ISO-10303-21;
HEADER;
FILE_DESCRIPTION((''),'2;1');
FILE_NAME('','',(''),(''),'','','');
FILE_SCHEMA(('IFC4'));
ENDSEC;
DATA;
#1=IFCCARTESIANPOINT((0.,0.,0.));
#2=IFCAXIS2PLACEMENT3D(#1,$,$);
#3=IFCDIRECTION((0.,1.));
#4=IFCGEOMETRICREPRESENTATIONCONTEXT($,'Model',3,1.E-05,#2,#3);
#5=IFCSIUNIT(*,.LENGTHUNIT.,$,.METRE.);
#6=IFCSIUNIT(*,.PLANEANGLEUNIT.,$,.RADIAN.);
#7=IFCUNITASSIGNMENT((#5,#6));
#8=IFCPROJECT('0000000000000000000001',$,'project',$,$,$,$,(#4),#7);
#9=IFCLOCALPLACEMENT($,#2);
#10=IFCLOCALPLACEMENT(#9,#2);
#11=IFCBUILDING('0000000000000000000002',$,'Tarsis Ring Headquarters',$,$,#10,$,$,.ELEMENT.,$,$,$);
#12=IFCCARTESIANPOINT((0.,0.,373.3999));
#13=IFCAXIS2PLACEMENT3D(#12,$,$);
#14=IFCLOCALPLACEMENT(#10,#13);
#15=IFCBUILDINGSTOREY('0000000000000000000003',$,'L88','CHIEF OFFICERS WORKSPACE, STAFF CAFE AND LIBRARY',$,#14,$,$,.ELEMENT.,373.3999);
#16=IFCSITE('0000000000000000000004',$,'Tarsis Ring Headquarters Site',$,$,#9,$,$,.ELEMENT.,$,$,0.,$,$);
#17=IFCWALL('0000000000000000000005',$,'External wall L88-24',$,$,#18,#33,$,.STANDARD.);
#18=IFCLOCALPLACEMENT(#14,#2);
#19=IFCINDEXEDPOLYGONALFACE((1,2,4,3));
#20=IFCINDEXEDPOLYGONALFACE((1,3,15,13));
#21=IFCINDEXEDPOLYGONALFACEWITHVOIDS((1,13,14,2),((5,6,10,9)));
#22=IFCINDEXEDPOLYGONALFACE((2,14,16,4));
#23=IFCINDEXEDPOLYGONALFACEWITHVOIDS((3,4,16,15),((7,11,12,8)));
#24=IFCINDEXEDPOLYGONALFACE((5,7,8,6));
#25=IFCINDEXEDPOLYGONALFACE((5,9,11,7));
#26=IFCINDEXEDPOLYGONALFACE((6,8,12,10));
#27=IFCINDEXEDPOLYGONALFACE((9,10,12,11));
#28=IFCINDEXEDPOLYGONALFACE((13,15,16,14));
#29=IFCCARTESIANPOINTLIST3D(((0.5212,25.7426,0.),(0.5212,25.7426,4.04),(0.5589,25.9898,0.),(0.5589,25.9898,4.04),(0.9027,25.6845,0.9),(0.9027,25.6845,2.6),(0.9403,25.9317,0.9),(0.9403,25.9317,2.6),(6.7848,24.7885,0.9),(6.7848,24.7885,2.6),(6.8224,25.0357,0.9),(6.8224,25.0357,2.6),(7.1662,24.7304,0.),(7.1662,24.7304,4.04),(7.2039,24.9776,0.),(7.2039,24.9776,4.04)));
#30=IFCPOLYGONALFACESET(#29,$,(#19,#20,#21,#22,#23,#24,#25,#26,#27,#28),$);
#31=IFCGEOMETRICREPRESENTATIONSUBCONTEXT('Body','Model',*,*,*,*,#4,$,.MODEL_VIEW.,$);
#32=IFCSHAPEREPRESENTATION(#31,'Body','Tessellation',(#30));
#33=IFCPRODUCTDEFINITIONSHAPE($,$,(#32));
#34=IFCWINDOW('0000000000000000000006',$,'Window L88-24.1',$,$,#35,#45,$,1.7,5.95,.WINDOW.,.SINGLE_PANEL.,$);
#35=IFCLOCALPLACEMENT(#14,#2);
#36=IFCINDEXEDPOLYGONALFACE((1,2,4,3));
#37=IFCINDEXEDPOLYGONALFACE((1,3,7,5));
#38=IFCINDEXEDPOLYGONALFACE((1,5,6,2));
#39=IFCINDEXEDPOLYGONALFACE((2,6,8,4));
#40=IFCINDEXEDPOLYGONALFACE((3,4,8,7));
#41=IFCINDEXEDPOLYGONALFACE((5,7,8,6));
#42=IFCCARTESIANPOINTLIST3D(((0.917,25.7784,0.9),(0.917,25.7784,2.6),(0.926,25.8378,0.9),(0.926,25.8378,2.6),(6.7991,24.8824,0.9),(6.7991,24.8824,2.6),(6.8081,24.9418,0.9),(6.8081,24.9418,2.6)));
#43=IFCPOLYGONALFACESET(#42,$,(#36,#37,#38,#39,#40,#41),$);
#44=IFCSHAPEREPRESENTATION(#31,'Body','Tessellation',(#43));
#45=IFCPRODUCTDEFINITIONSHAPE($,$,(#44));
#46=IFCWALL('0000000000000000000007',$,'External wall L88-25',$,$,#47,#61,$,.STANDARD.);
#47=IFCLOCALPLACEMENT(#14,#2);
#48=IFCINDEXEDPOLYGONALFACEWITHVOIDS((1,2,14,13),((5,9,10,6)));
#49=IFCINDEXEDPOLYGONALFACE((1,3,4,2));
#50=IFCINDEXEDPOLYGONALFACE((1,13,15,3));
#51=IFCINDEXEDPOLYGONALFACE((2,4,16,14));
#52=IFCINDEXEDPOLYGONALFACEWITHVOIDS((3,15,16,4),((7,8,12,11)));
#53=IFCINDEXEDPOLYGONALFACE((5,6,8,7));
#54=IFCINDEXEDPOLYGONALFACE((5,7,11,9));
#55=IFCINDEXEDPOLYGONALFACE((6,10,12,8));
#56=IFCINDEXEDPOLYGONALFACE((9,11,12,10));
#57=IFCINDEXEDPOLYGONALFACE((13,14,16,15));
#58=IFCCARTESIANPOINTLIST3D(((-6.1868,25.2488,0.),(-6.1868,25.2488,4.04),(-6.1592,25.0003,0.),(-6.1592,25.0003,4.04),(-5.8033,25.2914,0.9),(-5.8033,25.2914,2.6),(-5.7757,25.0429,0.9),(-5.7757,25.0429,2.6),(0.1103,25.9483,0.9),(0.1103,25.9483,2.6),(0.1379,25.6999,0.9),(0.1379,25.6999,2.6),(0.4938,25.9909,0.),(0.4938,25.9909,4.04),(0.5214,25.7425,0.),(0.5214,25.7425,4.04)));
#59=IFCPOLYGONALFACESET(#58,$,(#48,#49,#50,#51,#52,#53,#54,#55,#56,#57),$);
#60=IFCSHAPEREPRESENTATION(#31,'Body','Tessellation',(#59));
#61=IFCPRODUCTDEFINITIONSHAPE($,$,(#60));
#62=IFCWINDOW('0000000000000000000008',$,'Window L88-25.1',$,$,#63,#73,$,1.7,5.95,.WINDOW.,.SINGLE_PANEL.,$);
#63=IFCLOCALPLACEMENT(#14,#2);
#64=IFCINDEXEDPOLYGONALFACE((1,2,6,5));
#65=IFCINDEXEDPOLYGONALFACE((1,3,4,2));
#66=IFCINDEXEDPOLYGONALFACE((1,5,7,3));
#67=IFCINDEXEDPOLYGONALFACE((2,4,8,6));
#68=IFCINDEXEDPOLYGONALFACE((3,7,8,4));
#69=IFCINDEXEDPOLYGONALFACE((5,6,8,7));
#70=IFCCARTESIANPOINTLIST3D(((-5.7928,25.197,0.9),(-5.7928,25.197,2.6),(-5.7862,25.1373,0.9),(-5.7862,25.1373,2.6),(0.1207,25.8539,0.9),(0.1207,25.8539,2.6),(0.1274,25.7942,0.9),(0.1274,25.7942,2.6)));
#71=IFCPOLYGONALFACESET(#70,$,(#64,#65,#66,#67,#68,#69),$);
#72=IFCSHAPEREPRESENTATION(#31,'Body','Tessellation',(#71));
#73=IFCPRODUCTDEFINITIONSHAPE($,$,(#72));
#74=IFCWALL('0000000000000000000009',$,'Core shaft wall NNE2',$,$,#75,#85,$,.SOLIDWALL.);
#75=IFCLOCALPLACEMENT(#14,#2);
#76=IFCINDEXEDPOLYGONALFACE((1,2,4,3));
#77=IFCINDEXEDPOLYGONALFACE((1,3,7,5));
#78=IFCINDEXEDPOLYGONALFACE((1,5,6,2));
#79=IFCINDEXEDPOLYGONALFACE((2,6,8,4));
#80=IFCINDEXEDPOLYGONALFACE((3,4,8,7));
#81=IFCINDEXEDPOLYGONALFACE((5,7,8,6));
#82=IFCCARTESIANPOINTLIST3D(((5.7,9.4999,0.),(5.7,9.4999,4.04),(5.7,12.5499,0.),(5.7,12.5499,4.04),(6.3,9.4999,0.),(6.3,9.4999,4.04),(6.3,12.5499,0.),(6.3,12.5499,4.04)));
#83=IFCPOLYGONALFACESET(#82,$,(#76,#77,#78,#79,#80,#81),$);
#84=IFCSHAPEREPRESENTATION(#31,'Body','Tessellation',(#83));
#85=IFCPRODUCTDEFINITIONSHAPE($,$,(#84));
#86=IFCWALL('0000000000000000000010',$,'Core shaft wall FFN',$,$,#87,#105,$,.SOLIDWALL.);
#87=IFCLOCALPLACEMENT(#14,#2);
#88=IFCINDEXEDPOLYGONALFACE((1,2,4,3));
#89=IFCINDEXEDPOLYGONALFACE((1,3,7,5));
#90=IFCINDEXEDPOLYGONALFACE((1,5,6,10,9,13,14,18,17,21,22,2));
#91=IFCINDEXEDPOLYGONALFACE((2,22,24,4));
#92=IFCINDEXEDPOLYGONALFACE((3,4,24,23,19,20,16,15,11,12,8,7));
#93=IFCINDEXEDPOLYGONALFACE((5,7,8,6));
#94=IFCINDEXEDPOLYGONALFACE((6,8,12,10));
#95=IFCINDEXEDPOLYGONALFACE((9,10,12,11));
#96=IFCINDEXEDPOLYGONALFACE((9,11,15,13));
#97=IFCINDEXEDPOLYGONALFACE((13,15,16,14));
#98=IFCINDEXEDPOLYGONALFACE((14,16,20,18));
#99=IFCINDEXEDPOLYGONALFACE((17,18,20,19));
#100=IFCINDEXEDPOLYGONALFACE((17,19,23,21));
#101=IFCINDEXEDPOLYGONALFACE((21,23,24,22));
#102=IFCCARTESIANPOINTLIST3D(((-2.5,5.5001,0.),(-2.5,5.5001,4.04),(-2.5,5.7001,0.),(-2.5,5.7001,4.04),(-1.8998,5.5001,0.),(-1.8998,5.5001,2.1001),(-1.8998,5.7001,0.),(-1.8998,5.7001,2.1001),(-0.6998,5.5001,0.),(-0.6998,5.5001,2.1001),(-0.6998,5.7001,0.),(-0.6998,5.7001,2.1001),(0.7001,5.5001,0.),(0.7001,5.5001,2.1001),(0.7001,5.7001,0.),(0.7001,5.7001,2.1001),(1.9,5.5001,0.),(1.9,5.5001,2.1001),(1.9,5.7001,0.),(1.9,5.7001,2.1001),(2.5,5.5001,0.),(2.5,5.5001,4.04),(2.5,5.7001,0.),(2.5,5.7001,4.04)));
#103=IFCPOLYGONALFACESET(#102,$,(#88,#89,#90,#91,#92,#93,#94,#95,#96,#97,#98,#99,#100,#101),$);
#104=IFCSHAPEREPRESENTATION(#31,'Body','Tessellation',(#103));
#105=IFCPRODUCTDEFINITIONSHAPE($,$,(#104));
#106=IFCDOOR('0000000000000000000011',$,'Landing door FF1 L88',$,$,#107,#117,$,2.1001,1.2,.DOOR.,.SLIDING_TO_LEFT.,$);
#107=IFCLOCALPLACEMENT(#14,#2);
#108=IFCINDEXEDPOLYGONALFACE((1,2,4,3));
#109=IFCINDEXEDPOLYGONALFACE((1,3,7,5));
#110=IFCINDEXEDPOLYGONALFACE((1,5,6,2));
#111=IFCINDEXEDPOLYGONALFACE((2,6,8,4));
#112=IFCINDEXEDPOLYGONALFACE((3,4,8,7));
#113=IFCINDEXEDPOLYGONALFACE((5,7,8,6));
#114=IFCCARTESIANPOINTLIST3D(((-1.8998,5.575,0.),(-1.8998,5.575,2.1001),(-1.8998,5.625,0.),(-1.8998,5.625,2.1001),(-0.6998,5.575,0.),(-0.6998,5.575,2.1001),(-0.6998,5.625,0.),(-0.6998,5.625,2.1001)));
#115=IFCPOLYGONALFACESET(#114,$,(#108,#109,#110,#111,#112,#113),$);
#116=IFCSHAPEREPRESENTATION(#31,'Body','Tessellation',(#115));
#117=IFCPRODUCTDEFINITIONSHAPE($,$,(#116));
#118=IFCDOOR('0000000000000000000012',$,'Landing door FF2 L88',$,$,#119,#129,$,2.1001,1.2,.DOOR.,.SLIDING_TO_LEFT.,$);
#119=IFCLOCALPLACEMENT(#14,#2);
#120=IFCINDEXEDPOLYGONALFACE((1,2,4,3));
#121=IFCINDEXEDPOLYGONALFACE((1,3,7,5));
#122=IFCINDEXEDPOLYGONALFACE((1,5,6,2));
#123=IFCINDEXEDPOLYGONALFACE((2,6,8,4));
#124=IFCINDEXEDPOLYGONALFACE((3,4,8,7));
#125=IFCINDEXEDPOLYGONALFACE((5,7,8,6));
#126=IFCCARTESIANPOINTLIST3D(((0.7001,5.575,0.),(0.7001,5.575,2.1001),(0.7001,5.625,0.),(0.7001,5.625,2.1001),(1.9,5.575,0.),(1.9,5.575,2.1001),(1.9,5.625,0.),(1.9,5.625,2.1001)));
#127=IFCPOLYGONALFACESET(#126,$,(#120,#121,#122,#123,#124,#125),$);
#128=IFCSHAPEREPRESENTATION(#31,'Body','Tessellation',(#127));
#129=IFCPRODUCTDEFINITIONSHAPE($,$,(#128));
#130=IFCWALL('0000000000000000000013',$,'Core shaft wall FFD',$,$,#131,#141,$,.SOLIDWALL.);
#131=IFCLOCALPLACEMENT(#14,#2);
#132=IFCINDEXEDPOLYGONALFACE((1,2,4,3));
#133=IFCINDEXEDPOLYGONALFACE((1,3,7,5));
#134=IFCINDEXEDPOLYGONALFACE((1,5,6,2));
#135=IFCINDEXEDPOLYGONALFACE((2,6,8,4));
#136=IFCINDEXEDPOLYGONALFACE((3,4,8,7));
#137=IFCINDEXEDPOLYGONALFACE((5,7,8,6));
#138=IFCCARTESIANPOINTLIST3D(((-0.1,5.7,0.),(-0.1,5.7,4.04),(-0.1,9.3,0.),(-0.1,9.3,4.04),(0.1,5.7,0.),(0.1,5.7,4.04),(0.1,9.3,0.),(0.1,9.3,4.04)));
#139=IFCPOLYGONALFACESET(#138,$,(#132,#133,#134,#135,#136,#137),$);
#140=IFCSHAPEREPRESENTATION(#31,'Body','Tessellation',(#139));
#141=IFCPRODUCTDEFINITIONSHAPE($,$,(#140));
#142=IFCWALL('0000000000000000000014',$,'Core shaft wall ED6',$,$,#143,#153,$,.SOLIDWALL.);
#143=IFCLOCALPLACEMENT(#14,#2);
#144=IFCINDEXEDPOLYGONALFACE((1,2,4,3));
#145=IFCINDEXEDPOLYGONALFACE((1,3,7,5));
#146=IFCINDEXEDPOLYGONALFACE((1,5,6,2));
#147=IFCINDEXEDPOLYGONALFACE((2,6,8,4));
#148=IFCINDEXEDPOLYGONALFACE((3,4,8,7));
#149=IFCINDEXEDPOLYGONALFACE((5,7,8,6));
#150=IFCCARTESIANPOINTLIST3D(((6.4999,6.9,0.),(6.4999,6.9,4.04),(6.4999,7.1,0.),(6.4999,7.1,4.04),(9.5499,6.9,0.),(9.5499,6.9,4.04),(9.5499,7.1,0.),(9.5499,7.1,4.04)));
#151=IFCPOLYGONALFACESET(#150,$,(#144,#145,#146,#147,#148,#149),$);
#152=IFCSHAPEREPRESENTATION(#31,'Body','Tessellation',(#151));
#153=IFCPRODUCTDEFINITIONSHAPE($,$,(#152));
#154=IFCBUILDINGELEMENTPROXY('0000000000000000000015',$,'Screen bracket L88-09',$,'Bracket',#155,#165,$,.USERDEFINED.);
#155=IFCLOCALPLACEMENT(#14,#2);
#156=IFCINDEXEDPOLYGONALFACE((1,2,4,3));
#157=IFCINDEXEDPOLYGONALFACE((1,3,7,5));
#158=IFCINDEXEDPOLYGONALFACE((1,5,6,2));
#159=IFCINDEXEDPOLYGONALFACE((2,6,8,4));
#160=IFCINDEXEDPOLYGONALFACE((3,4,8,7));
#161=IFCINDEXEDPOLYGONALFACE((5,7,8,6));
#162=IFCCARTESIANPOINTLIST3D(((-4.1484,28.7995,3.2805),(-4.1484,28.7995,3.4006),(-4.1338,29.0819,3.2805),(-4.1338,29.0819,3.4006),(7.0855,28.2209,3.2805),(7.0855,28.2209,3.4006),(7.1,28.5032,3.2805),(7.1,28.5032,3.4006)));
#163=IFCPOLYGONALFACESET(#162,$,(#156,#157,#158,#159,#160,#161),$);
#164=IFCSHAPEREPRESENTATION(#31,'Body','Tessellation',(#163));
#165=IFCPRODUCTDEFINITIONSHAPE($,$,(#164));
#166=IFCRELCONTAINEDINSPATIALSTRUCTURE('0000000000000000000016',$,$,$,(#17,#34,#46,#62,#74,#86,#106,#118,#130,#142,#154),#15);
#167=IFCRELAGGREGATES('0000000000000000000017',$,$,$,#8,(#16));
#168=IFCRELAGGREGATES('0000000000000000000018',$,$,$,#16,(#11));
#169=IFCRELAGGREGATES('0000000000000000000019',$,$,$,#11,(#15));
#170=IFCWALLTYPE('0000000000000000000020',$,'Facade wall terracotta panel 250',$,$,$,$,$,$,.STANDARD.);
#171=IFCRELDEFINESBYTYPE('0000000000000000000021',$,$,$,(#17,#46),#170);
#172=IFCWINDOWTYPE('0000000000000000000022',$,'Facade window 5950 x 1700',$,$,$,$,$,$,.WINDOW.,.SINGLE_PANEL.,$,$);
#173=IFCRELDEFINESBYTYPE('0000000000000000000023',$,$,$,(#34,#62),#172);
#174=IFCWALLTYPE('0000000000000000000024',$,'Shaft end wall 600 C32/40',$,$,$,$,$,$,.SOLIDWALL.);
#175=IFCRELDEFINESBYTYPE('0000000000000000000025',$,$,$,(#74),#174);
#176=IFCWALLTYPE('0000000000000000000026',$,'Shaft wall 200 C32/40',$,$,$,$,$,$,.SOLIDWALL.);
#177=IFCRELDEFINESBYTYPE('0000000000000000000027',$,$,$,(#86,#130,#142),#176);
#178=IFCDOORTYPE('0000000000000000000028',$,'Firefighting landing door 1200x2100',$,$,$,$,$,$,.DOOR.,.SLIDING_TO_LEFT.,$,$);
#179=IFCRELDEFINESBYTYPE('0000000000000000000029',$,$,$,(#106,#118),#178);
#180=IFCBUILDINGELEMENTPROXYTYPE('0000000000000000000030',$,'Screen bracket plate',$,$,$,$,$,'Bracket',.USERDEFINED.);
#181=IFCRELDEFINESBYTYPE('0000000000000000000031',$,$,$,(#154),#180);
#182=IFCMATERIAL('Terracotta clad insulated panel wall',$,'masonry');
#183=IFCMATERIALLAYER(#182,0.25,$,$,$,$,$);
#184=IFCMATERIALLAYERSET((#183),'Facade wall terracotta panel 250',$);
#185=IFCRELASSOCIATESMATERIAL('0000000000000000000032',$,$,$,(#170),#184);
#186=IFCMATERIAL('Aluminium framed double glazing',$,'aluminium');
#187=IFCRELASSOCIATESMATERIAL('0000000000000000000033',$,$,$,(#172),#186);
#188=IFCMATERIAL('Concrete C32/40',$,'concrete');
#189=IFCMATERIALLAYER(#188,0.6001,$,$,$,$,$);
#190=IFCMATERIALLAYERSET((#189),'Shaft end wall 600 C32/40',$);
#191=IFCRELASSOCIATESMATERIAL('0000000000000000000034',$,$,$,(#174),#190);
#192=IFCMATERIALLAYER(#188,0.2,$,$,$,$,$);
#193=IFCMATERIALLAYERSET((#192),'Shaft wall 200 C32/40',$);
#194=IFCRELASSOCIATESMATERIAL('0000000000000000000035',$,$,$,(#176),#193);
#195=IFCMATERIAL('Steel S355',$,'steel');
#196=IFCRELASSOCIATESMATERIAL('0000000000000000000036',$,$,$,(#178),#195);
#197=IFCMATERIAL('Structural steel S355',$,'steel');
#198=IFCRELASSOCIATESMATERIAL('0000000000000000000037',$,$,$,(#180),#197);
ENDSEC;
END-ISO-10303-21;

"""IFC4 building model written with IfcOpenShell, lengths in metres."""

from ifc_helpers import new_model, si_unit, direction, frame, frame_2d, origin, origin_2d, place, context, subcontext, project, spatial, rectangle, extrude, material, layer, layer_set, type_object, element, fill, save


model = new_model("IFC4")

# Units and contexts
model_context = context("Model", 3, precision=1e-05, world=origin(), true_north=direction((0.0, 1.0)))
body_context = subcontext(model_context, "Body", "Model", "MODEL_VIEW")
ifc_project = project(units=[si_unit("LENGTHUNIT", "METRE"), si_unit("PLANEANGLEUNIT", "RADIAN")], contexts=[model_context])

# Site, building, storey
site_placement = place(None, origin())
site = spatial("IfcSite", under=ifc_project, at=site_placement, Name="Tarsis Ring Headquarters Site", CompositionType="ELEMENT", RefElevation=0.0)
building_placement = place(site_placement, origin())
building = spatial("IfcBuilding", under=site, at=building_placement, Name="Tarsis Ring Headquarters", CompositionType="ELEMENT")
storey_placement = place(building_placement, frame((0.0, 0.0, 373.3999)))
storey = spatial("IfcBuildingStorey", under=building, at=storey_placement, Name="L88", Description="CHIEF OFFICERS WORKSPACE, STAFF CAFE AND LIBRARY", CompositionType="ELEMENT", Elevation=373.3999)

# Shared definitions
ifc_material_1 = material(Name="Structural steel S355", Category="steel")

# Walls, openings, windows
ifc_material_2 = material(Name="Terracotta clad insulated panel wall", Category="masonry")
ifc_layer_1 = layer(ifc_material_2, 0.25)
ifc_layer_set_1 = layer_set([ifc_layer_1], Name="Facade wall terracotta panel 250")
wall_type_1 = type_object("IfcWallType", Name="Facade wall terracotta panel 250", PredefinedType="STANDARD", material=ifc_layer_set_1)
wall_1_placement = place(storey_placement, frame((7.1851, 24.854, 0.0), z_axis=(0.0, 0.0, 1.0), x_axis=(-0.988597, 0.150589, 0.0)))
wall_1 = element("IfcWall", 1, at=wall_1_placement, inside=storey, type_object=wall_type_1, Name="External wall L88-24", PredefinedType="STANDARD", context=body_context, shape_type="SweptSolid", body=[
    extrude(rectangle(XDim=6.7217, YDim=0.25, at=frame_2d((3.3608, 0.0))), origin(), (0.0, 0.0, 1.0), 4.04),
])
opening_1_placement = place(wall_1_placement, frame((0.3857, 0.0, 0.8999)))
opening_1 = element("IfcOpeningElement", 2, at=opening_1_placement, cuts=wall_1, PredefinedType="OPENING", context=body_context, shape_type="SweptSolid", body=[
    extrude(rectangle(XDim=5.95, YDim=1.7, at=frame_2d((2.9751, 0.8501))), frame((0.0, 0.135, 0.0), z_axis=(0.0, -1.0, 0.0), x_axis=(1.0, 0.0, 0.0)), (0.0, 0.0, 1.0), 0.27),
])
ifc_material_3 = material(Name="Aluminium framed double glazing", Category="aluminium")
window_type = type_object("IfcWindowType", Name="Facade window 5950 x 1700", PartitioningType="SINGLE_PANEL", PredefinedType="WINDOW", material=ifc_material_3)
window_1_placement = place(opening_1_placement, origin())
window_1 = element("IfcWindow", 3, at=window_1_placement, inside=storey, type_object=window_type, Name="Window L88-24.1", OverallHeight=1.7, OverallWidth=5.95, PartitioningType="SINGLE_PANEL", PredefinedType="WINDOW", context=body_context, shape_type="SweptSolid", body=[
    extrude(rectangle(XDim=5.95, YDim=1.7, at=frame_2d((2.9751, 0.8501))), frame((0.0, 0.03, 0.0), z_axis=(0.0, -1.0, 0.0), x_axis=(1.0, 0.0, 0.0)), (0.0, 0.0, 1.0), 0.0601),
])
fill(opening_1, window_1)
wall_2_placement = place(storey_placement, frame((0.5076, 25.8667, 0.0), z_axis=(0.0, 0.0, 1.0), x_axis=(-0.993886, -0.110416, 0.0)))
wall_2 = element("IfcWall", 4, at=wall_2_placement, inside=storey, type_object=wall_type_1, Name="External wall L88-25", PredefinedType="STANDARD", context=body_context, shape_type="SweptSolid", body=[
    extrude(rectangle(XDim=6.7217, YDim=0.25, at=frame_2d((3.3608, 0.0))), origin(), (0.0, 0.0, 1.0), 4.04),
])
opening_2_placement = place(wall_2_placement, frame((0.3857, 0.0, 0.8999)))
opening_2 = element("IfcOpeningElement", 5, at=opening_2_placement, cuts=wall_2, PredefinedType="OPENING", context=body_context, shape_type="SweptSolid", body=[
    extrude(rectangle(XDim=5.95, YDim=1.7, at=frame_2d((2.9751, 0.8501))), frame((0.0, 0.135, 0.0), z_axis=(0.0, -1.0, 0.0), x_axis=(1.0, 0.0, 0.0)), (0.0, 0.0, 1.0), 0.27),
])
window_2_placement = place(opening_2_placement, origin())
window_2 = element("IfcWindow", 6, at=window_2_placement, inside=storey, type_object=window_type, Name="Window L88-25.1", OverallHeight=1.7, OverallWidth=5.95, PartitioningType="SINGLE_PANEL", PredefinedType="WINDOW", context=body_context, shape_type="SweptSolid", body=[
    extrude(rectangle(XDim=5.95, YDim=1.7, at=frame_2d((2.9751, 0.8501))), frame((0.0, 0.03, 0.0), z_axis=(0.0, -1.0, 0.0), x_axis=(1.0, 0.0, 0.0)), (0.0, 0.0, 1.0), 0.0601),
])
fill(opening_2, window_2)

# Wall
ifc_material_4 = material(Name="Concrete C32/40", Category="concrete")
ifc_layer_2 = layer(ifc_material_4, 0.6001)
ifc_layer_set_2 = layer_set([ifc_layer_2], Name="Shaft end wall 600 C32/40")
wall_type_2 = type_object("IfcWallType", Name="Shaft end wall 600 C32/40", PredefinedType="SOLIDWALL", material=ifc_layer_set_2)
wall_3_placement = place(storey_placement, frame((6.0, 9.5, 0.0), z_axis=(0.0, 0.0, 1.0), x_axis=(0.0, 1.0, 0.0)))
element("IfcWall", 7, at=wall_3_placement, inside=storey, type_object=wall_type_2, Name="Core shaft wall NNE2", PredefinedType="SOLIDWALL", context=body_context, shape_type="SweptSolid", body=[
    extrude(rectangle(XDim=3.05, YDim=0.6001, at=frame_2d((1.5249, 0.0))), origin(), (0.0, 0.0, 1.0), 4.04),
])

# Wall, openings, doors
ifc_layer_3 = layer(ifc_material_4, 0.2)
ifc_layer_set_3 = layer_set([ifc_layer_3], Name="Shaft wall 200 C32/40")
wall_type_3 = type_object("IfcWallType", Name="Shaft wall 200 C32/40", PredefinedType="SOLIDWALL", material=ifc_layer_set_3)
wall_4_placement = place(storey_placement, frame((-2.5, 5.6001, 0.0), z_axis=(0.0, 0.0, 1.0), x_axis=(1.0, 0.0, 0.0)))
wall_4 = element("IfcWall", 8, at=wall_4_placement, inside=storey, type_object=wall_type_3, Name="Core shaft wall FFN", PredefinedType="SOLIDWALL", context=body_context, shape_type="SweptSolid", body=[
    extrude(rectangle(XDim=5.0, YDim=0.2, at=frame_2d((2.5, 0.0))), origin(), (0.0, 0.0, 1.0), 4.04),
])
opening_3_placement = place(wall_4_placement, frame((0.6001, 0.0, 0.0)))
opening_3 = element("IfcOpeningElement", 9, at=opening_3_placement, cuts=wall_4, PredefinedType="OPENING", context=body_context, shape_type="SweptSolid", body=[
    extrude(rectangle(XDim=1.2, YDim=2.1001, at=frame_2d((0.6001, 1.05))), frame((0.0, 0.1099, 0.0), z_axis=(0.0, -1.0, 0.0), x_axis=(1.0, 0.0, 0.0)), (0.0, 0.0, 1.0), 0.22),
])
opening_4_placement = place(wall_4_placement, frame((3.2, 0.0, 0.0)))
opening_4 = element("IfcOpeningElement", 10, at=opening_4_placement, cuts=wall_4, PredefinedType="OPENING", context=body_context, shape_type="SweptSolid", body=[
    extrude(rectangle(XDim=1.2, YDim=2.1001, at=frame_2d((0.6001, 1.05))), frame((0.0, 0.1099, 0.0), z_axis=(0.0, -1.0, 0.0), x_axis=(1.0, 0.0, 0.0)), (0.0, 0.0, 1.0), 0.22),
])
ifc_material_5 = material(Name="Steel S355", Category="steel")
door_type = type_object("IfcDoorType", Name="Firefighting landing door 1200x2100", OperationType="SLIDING_TO_LEFT", PredefinedType="DOOR", material=ifc_material_5)
door_1_placement = place(opening_3_placement, origin())
door_1 = element("IfcDoor", 11, at=door_1_placement, inside=storey, type_object=door_type, Name="Landing door FF1 L88", OperationType="SLIDING_TO_LEFT", OverallHeight=2.1001, OverallWidth=1.2, PredefinedType="DOOR", context=body_context, shape_type="SweptSolid", body=[
    extrude(rectangle(XDim=1.2, YDim=2.1001, at=frame_2d((0.6001, 1.05))), frame((0.0, 0.0249, 0.0), z_axis=(0.0, -1.0, 0.0), x_axis=(1.0, 0.0, 0.0)), (0.0, 0.0, 1.0), 0.05),
])
fill(opening_3, door_1)
door_2_placement = place(opening_4_placement, origin())
door_2 = element("IfcDoor", 12, at=door_2_placement, inside=storey, type_object=door_type, Name="Landing door FF2 L88", OperationType="SLIDING_TO_LEFT", OverallHeight=2.1001, OverallWidth=1.2, PredefinedType="DOOR", context=body_context, shape_type="SweptSolid", body=[
    extrude(rectangle(XDim=1.2, YDim=2.1001, at=frame_2d((0.6001, 1.05))), frame((0.0, 0.0249, 0.0), z_axis=(0.0, -1.0, 0.0), x_axis=(1.0, 0.0, 0.0)), (0.0, 0.0, 1.0), 0.05),
])
fill(opening_4, door_2)

# Walls
wall_5_placement = place(storey_placement, frame((0.0, 5.7, 0.0), z_axis=(0.0, 0.0, 1.0), x_axis=(0.0, 1.0, 0.0)))
element("IfcWall", 13, at=wall_5_placement, inside=storey, type_object=wall_type_3, Name="Core shaft wall FFD", PredefinedType="SOLIDWALL", context=body_context, shape_type="SweptSolid", body=[
    extrude(rectangle(XDim=3.6001, YDim=0.2, at=frame_2d((1.8, 0.0))), origin(), (0.0, 0.0, 1.0), 4.04),
])
wall_6_placement = place(storey_placement, frame((6.5, 7.0, 0.0), z_axis=(0.0, 0.0, 1.0), x_axis=(1.0, 0.0, 0.0)))
element("IfcWall", 14, at=wall_6_placement, inside=storey, type_object=wall_type_3, Name="Core shaft wall ED6", PredefinedType="SOLIDWALL", context=body_context, shape_type="SweptSolid", body=[
    extrude(rectangle(XDim=3.05, YDim=0.2, at=frame_2d((1.5249, 0.0))), origin(), (0.0, 0.0, 1.0), 4.04),
])

# Building element proxy
building_element_proxy_type = type_object("IfcBuildingElementProxyType", Name="Screen bracket plate", ElementType="Bracket", PredefinedType="USERDEFINED", material=ifc_material_1)
proxy_placement = place(storey_placement, frame((1.4758, 28.6514, 3.2805), z_axis=(0.0, 0.0, 1.0), x_axis=(-0.998676, 0.051443, 0.0)))
element("IfcBuildingElementProxy", 15, at=proxy_placement, inside=storey, type_object=building_element_proxy_type, Name="Screen bracket L88-09", ObjectType="Bracket", PredefinedType="USERDEFINED", context=body_context, shape_type="SweptSolid", body=[
    extrude(rectangle(XDim=11.2488, YDim=0.2827, at=origin_2d()), origin(), (0.0, 0.0, 1.0), 0.1201),
])

save(model, "model.ifc")
